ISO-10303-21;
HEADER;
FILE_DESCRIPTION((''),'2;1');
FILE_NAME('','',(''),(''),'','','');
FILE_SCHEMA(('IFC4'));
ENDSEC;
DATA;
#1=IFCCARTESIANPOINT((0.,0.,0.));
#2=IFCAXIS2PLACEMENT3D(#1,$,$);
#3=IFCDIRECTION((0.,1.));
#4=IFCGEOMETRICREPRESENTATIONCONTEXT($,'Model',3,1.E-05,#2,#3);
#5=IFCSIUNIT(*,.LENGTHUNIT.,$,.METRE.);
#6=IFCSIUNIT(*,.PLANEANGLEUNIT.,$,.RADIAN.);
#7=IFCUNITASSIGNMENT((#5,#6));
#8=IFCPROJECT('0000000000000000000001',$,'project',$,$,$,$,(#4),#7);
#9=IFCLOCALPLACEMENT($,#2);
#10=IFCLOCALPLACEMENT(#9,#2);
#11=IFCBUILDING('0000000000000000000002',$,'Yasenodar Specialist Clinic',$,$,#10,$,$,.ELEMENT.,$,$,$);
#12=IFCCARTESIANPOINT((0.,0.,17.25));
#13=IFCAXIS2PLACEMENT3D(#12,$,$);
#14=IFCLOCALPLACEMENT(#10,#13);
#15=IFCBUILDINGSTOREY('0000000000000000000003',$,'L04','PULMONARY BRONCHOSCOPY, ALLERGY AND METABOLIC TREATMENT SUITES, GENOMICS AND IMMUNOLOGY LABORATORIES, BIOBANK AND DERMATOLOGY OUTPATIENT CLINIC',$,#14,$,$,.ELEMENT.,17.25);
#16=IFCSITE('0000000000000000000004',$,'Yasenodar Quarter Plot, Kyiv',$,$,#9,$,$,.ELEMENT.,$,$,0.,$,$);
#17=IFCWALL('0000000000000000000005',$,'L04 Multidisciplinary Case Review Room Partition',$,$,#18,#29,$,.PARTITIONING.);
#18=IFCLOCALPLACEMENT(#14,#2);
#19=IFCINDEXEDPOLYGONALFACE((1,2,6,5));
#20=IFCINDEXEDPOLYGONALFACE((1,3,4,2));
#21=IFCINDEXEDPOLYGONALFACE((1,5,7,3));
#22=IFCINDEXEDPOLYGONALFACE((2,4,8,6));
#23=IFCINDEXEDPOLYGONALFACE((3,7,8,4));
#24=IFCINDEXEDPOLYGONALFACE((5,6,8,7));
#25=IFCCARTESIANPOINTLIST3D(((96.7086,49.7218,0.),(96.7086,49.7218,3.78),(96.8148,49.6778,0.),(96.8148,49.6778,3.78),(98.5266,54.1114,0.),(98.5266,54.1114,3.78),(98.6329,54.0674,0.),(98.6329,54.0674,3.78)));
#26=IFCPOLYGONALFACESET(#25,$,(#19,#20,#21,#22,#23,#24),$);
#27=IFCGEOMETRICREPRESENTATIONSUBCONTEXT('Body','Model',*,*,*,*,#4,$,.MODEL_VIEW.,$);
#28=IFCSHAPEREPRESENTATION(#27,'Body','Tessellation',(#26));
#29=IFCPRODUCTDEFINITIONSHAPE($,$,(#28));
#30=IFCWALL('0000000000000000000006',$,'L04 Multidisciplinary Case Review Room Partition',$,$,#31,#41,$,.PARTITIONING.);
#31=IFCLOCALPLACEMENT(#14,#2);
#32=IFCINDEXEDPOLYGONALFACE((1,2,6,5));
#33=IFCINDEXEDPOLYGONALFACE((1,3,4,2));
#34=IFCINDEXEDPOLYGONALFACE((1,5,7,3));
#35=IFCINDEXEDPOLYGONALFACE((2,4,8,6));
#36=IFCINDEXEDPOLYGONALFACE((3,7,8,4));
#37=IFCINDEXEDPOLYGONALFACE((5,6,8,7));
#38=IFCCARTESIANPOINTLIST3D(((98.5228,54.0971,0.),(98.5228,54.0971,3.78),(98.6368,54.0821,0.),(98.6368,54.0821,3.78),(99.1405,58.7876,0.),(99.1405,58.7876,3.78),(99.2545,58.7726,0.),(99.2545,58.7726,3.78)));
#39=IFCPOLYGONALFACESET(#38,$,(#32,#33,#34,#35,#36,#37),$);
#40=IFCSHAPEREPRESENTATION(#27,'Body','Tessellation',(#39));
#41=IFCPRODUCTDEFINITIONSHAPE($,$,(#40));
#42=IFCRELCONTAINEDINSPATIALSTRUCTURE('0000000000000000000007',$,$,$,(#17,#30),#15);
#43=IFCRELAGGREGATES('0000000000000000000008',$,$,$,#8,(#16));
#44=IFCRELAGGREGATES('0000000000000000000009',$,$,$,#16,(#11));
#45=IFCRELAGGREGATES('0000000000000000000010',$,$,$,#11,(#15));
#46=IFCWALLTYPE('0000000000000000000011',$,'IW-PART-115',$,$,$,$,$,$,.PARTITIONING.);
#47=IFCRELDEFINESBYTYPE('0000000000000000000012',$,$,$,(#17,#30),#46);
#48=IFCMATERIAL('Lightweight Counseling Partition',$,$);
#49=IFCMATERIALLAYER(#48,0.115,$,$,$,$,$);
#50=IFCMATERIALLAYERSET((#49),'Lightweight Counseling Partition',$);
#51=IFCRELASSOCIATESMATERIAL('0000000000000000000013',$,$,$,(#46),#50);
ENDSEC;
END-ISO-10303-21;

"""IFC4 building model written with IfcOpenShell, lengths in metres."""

from ifc_helpers import new_model, si_unit, direction, frame, frame_2d, origin, place, context, subcontext, project, spatial, rectangle, extrude, material, layer, layer_set, type_object, element, save


model = new_model("IFC4")

# Units and contexts
model_context = context("Model", 3, precision=1e-05, world=origin(), true_north=direction((0.0, 1.0)))
body_context = subcontext(model_context, "Body", "Model", "MODEL_VIEW")
ifc_project = project(units=[si_unit("LENGTHUNIT", "METRE"), si_unit("PLANEANGLEUNIT", "RADIAN")], contexts=[model_context])

# Site, building, storey
site_placement = place(None, origin())
site = spatial("IfcSite", under=ifc_project, at=site_placement, Name="Yasenodar Quarter Plot, Kyiv", CompositionType="ELEMENT", RefElevation=0.0)
building_placement = place(site_placement, origin())
building = spatial("IfcBuilding", under=site, at=building_placement, Name="Yasenodar Specialist Clinic", CompositionType="ELEMENT")
storey_placement = place(building_placement, frame((0.0, 0.0, 17.25)))
storey = spatial("IfcBuildingStorey", under=building, at=storey_placement, Name="L04", Description="PULMONARY BRONCHOSCOPY, ALLERGY AND METABOLIC TREATMENT SUITES, GENOMICS AND IMMUNOLOGY LABORATORIES, BIOBANK AND DERMATOLOGY OUTPATIENT CLINIC", CompositionType="ELEMENT", Elevation=17.25)

# Shared definitions
ifc_material_1 = material(Name="Lightweight Counseling Partition")
ifc_layer_1 = layer(ifc_material_1, 0.115)
ifc_layer_set_1 = layer_set([ifc_layer_1], Name="Lightweight Counseling Partition")
wall_type_1 = type_object("IfcWallType", Name="IW-PART-115", PredefinedType="PARTITIONING", material=ifc_layer_set_1)

# Walls
wall_1_placement = place(storey_placement, frame((96.7617, 49.7, 0.0), z_axis=(0.0, 0.0, 1.0), x_axis=(0.382659, 0.92389, 0.0)))
element("IfcWall", 1, at=wall_1_placement, inside=storey, type_object=wall_type_1, Name="L04 Multidisciplinary Case Review Room Partition", PredefinedType="PARTITIONING", context=body_context, shape_type="SweptSolid", body=[
    extrude(rectangle(XDim=4.7512, YDim=0.115, at=frame_2d((2.3755, 0.0))), origin(), (0.0, 0.0, 1.0), 3.78),
])
wall_2_placement = place(storey_placement, frame((98.5798, 54.0896, 0.0), z_axis=(0.0, 0.0, 1.0), x_axis=(0.130561, 0.99144, 0.0)))
element("IfcWall", 2, at=wall_2_placement, inside=storey, type_object=wall_type_1, Name="L04 Multidisciplinary Case Review Room Partition", PredefinedType="PARTITIONING", context=body_context, shape_type="SweptSolid", body=[
    extrude(rectangle(XDim=4.731, YDim=0.115, at=frame_2d((2.3655, 0.0))), origin(), (0.0, 0.0, 1.0), 3.78),
])

save(model, "model.ifc")
